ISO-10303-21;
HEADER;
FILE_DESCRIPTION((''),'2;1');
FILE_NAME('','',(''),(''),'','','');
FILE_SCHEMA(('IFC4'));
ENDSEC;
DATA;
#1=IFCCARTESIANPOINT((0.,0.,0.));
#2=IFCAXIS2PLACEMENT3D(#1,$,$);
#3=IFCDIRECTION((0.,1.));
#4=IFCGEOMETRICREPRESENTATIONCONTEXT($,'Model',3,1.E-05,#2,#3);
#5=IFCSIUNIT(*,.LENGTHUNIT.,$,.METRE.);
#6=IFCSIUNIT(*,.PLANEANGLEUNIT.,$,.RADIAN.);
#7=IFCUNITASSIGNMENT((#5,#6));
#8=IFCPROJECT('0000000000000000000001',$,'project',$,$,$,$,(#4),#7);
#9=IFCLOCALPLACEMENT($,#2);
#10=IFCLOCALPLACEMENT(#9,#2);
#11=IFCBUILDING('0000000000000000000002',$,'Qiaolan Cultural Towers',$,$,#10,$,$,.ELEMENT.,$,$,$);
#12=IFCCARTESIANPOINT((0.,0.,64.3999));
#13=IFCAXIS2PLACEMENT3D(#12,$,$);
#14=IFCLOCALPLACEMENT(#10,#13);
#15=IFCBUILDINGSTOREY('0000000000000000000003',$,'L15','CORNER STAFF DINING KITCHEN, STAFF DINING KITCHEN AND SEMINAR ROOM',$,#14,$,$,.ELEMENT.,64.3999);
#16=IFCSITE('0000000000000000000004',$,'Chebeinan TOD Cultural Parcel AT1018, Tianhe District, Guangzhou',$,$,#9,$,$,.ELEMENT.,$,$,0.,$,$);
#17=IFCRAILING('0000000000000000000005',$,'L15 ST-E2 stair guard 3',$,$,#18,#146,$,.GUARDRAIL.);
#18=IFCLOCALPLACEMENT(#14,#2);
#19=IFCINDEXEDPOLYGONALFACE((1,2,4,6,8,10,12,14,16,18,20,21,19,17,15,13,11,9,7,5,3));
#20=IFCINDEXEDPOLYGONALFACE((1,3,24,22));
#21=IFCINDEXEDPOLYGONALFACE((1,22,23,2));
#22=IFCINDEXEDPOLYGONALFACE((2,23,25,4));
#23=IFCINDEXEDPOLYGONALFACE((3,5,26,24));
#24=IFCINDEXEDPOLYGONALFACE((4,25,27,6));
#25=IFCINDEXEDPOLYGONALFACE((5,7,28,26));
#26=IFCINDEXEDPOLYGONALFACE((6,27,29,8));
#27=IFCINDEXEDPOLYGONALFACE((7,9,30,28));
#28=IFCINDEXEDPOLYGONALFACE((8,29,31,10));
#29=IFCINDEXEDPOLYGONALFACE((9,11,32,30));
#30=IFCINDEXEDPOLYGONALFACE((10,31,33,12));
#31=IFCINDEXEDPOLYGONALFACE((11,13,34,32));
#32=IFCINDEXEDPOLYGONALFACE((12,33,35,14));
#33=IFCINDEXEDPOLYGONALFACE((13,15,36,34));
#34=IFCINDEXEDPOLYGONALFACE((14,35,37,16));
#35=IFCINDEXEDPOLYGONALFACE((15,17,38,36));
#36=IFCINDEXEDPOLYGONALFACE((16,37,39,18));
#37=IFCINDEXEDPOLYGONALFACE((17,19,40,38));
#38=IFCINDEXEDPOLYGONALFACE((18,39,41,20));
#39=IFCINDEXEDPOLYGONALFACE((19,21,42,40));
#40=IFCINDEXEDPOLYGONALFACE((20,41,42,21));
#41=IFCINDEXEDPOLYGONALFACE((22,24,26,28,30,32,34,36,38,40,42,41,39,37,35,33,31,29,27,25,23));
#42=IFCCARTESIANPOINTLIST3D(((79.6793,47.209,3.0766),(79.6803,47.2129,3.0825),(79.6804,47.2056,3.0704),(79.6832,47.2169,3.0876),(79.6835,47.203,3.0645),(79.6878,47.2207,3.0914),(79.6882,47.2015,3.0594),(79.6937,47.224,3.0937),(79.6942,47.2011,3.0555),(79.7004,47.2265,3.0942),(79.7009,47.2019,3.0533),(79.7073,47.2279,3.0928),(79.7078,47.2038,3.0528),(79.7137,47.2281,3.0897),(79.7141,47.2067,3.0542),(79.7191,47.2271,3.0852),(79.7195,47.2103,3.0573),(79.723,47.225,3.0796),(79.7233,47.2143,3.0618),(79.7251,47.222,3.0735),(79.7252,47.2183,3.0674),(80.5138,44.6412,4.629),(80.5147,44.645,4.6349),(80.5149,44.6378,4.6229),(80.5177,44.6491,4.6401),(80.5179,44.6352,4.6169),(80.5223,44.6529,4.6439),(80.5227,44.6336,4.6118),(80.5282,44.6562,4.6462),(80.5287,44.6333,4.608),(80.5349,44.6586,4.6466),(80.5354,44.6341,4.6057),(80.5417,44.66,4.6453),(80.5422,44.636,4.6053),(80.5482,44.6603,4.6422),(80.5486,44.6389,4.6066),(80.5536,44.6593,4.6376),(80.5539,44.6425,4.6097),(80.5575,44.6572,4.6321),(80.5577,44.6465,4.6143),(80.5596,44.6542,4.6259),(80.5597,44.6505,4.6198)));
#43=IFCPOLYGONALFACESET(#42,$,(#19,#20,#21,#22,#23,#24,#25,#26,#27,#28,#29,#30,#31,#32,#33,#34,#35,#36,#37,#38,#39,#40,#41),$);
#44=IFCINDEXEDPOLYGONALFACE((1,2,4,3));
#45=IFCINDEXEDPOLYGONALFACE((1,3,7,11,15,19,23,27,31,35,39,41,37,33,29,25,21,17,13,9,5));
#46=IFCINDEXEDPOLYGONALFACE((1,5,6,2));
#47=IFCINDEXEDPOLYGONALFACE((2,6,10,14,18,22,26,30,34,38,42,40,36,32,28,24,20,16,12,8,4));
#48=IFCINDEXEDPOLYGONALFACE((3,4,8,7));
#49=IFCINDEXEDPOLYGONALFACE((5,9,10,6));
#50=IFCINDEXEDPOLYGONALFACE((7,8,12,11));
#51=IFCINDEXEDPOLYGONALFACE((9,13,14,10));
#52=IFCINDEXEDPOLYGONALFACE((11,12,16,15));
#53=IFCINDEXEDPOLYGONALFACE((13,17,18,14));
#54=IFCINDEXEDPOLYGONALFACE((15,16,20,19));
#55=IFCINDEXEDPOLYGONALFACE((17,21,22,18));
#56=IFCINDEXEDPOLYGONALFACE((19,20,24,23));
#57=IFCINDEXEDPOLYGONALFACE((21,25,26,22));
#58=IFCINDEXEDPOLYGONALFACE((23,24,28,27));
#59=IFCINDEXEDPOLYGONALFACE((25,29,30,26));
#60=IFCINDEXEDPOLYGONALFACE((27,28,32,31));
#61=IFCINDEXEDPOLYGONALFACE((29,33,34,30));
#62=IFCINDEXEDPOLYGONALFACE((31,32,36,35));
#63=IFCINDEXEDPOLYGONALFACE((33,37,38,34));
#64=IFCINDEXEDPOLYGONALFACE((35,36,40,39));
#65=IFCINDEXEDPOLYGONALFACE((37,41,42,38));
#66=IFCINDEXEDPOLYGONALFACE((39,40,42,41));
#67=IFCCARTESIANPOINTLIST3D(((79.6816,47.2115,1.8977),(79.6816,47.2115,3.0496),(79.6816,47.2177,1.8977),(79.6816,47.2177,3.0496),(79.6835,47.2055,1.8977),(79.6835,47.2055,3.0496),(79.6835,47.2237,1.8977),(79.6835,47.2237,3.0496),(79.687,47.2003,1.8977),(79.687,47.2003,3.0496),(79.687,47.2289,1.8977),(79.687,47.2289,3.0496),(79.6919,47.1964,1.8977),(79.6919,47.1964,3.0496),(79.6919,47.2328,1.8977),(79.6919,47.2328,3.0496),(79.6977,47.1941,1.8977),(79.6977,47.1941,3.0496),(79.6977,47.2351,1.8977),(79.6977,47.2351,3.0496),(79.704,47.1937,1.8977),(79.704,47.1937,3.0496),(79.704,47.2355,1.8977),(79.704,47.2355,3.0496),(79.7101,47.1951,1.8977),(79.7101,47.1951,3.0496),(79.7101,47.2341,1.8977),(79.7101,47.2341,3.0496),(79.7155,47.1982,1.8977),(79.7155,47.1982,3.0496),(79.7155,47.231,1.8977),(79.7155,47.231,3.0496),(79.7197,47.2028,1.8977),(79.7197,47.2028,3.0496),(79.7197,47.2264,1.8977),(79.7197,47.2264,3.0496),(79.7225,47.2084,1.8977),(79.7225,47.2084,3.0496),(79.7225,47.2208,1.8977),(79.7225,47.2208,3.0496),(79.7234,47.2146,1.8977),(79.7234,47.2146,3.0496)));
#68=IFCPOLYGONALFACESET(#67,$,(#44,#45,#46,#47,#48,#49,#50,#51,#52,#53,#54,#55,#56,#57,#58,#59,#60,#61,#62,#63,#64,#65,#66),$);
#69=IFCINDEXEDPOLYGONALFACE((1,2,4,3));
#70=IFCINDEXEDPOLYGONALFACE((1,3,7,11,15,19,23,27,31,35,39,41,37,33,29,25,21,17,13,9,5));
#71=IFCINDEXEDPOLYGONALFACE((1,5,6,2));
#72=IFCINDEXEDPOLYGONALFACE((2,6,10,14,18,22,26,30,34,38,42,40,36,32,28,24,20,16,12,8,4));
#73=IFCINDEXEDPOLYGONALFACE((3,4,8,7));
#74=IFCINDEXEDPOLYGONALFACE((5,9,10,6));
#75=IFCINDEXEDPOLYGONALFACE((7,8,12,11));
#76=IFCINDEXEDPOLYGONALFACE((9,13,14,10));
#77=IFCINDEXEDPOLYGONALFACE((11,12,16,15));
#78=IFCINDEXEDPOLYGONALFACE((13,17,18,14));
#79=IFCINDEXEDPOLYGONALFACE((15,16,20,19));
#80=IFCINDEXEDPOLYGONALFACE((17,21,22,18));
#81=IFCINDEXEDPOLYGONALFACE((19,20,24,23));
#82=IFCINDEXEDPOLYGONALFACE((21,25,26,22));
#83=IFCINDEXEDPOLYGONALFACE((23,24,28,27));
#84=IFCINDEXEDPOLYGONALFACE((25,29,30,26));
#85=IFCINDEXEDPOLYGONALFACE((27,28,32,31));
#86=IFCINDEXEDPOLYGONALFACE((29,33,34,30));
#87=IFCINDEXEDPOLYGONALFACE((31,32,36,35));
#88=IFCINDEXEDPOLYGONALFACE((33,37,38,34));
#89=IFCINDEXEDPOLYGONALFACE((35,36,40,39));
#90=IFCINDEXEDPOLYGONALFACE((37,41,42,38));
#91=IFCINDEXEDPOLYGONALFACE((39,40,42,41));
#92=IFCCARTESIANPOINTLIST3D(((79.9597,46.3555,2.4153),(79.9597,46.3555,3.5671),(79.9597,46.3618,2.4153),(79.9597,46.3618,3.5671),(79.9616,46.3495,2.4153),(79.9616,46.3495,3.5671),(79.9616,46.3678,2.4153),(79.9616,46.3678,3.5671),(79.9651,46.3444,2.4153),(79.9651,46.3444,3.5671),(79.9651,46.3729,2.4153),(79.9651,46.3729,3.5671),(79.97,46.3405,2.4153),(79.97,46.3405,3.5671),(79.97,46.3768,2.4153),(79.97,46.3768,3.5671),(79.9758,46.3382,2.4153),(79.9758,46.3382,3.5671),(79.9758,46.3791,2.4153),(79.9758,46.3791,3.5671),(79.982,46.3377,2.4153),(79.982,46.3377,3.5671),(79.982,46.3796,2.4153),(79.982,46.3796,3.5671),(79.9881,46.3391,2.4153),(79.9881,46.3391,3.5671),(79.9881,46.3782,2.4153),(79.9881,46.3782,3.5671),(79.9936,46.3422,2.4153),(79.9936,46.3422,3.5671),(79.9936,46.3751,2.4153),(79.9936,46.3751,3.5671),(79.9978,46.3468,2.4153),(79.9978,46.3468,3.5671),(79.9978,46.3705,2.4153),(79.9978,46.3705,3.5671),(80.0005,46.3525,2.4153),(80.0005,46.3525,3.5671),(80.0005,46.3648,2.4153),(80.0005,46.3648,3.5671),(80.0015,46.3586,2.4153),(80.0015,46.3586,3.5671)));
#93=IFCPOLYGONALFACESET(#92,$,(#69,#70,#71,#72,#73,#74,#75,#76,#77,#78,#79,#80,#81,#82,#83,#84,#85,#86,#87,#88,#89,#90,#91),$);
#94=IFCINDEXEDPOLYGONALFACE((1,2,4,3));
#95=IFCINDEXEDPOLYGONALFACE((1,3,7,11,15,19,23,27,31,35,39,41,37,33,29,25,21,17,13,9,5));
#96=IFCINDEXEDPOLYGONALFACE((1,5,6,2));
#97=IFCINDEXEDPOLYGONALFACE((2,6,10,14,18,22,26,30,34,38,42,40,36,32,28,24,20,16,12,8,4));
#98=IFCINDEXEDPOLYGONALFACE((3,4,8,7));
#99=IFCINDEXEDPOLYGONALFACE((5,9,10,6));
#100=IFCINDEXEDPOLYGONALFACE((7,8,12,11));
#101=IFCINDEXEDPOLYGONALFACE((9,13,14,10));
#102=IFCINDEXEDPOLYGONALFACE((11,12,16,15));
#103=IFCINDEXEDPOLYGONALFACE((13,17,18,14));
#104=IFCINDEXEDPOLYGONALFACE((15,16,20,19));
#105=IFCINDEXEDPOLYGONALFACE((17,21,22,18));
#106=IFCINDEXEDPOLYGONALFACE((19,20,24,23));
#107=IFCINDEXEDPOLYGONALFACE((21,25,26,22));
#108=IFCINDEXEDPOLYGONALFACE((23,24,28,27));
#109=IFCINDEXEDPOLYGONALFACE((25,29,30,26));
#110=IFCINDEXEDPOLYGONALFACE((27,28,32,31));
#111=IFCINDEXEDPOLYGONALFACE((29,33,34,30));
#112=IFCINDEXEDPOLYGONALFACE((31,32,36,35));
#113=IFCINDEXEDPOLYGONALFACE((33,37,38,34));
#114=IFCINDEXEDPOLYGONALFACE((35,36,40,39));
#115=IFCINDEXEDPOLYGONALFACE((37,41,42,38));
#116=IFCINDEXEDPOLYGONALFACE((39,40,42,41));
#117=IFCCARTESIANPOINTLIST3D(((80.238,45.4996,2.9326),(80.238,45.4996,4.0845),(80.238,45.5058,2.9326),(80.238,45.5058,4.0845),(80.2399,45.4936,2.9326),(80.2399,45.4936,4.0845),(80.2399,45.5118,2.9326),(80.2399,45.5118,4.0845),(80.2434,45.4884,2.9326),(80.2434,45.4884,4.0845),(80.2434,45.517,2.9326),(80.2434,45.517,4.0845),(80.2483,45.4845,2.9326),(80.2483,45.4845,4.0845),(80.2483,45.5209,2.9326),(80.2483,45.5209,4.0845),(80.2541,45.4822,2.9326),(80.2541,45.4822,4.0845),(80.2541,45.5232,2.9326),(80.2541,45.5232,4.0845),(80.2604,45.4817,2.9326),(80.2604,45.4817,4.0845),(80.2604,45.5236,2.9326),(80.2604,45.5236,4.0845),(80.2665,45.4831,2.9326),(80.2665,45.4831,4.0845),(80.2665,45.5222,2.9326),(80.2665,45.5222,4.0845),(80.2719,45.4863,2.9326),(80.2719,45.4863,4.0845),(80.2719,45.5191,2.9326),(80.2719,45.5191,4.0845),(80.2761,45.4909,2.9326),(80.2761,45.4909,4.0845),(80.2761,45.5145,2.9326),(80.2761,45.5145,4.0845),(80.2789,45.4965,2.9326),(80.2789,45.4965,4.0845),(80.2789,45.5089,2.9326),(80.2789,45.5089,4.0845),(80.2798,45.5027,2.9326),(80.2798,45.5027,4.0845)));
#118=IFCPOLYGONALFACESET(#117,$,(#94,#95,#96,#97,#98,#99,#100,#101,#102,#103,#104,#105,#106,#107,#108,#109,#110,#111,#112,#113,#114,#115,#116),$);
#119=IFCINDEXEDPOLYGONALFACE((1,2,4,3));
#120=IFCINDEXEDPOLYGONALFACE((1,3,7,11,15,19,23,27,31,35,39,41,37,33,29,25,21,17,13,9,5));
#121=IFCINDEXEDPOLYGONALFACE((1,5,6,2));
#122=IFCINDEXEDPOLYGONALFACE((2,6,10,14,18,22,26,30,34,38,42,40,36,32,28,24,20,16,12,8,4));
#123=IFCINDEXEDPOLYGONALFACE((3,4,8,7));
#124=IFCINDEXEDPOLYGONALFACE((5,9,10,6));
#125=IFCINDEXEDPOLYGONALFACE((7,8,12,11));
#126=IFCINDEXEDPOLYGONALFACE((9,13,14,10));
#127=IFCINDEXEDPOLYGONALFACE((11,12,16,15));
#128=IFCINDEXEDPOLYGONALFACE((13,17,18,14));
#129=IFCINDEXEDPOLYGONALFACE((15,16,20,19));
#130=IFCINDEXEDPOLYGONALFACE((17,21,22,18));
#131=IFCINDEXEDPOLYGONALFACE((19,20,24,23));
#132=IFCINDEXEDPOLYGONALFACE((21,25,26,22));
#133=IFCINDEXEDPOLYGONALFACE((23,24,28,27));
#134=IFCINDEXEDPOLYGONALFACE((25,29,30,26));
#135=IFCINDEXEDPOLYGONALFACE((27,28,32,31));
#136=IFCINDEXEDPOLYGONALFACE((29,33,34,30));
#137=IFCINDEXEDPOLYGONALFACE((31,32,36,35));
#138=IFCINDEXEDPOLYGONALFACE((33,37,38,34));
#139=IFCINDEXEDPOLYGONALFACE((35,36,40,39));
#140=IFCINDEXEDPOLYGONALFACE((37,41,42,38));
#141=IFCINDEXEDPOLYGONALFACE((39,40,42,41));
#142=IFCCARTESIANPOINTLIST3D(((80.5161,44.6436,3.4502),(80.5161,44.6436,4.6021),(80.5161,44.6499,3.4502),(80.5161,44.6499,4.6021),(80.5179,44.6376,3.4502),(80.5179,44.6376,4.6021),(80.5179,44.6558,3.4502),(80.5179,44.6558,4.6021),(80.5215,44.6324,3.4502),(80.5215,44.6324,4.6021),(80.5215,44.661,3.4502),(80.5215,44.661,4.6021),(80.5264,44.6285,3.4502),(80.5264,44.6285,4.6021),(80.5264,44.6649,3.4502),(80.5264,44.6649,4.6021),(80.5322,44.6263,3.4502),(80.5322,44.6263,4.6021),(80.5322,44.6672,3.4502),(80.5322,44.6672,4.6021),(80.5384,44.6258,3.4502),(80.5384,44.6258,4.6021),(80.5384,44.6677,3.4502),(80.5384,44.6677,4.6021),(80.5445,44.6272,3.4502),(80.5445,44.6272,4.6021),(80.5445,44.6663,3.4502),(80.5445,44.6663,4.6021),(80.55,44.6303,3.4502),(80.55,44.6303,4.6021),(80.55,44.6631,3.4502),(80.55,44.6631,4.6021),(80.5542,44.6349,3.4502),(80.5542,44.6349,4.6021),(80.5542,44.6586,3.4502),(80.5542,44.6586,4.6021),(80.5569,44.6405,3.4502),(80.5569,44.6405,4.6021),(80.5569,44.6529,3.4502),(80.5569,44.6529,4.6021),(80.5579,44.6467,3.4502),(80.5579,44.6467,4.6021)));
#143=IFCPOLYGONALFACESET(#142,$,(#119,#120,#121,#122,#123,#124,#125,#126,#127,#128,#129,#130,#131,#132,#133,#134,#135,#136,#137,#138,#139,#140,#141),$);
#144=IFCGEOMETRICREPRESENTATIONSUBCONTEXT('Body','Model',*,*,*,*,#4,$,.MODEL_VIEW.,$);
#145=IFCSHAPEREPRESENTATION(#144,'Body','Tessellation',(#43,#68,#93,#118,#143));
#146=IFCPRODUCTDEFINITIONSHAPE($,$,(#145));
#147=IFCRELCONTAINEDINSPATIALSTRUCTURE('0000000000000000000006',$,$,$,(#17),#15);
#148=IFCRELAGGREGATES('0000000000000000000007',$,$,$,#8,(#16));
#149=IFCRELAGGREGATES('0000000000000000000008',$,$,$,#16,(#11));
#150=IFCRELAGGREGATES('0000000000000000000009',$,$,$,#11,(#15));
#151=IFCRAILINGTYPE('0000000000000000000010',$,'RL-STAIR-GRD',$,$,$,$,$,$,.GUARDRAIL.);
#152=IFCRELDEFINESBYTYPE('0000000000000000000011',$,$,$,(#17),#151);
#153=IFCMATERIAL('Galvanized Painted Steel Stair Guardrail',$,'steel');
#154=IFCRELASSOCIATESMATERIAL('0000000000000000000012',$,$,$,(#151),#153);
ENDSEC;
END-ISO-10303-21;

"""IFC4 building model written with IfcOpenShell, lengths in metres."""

from ifc_helpers import new_model, si_unit, direction, frame, origin, origin_2d, place, context, subcontext, project, spatial, circle, extrude, material, type_object, element, save


model = new_model("IFC4")

# Units and contexts
model_context = context("Model", 3, precision=1e-05, world=origin(), true_north=direction((0.0, 1.0)))
body_context = subcontext(model_context, "Body", "Model", "MODEL_VIEW")
ifc_project = project(units=[si_unit("LENGTHUNIT", "METRE"), si_unit("PLANEANGLEUNIT", "RADIAN")], contexts=[model_context])

# Site, building, storey
site_placement = place(None, origin())
site = spatial("IfcSite", under=ifc_project, at=site_placement, Name="Chebeinan TOD Cultural Parcel AT1018, Tianhe District, Guangzhou", CompositionType="ELEMENT", RefElevation=0.0)
building_placement = place(site_placement, origin())
building = spatial("IfcBuilding", under=site, at=building_placement, Name="Qiaolan Cultural Towers", CompositionType="ELEMENT")
storey_placement = place(building_placement, frame((0.0, 0.0, 64.3999)))
storey = spatial("IfcBuildingStorey", under=building, at=storey_placement, Name="L15", Description="CORNER STAFF DINING KITCHEN, STAFF DINING KITCHEN AND SEMINAR ROOM", CompositionType="ELEMENT", Elevation=64.3999)

# Railing
ifc_material_1 = material(Name="Galvanized Painted Steel Stair Guardrail", Category="steel")
railing_type_1 = type_object("IfcRailingType", Name="RL-STAIR-GRD", PredefinedType="GUARDRAIL", material=ifc_material_1)
railing_1_placement = place(storey_placement, frame((79.7024, 47.2146, 1.8977)))
element("IfcRailing", 1, at=railing_1_placement, inside=storey, type_object=railing_type_1, Name="L15 ST-E2 stair guard 3", PredefinedType="GUARDRAIL", context=body_context, shape_type="SweptSolid", body=[
    extrude(circle(Radius=0.0239, at=origin_2d()), frame((0.0, 0.0, 1.1758), z_axis=(0.267926, -0.824471, 0.498461), x_axis=(0.951043, 0.309057, 0.0)), (0.0, 0.0, 1.0), 3.1145),
    extrude(circle(Radius=0.021, at=origin_2d()), origin(), (0.0, 0.0, 1.0), 1.1519),
    extrude(circle(Radius=0.021, at=origin_2d()), frame((0.2781, -0.856, 0.5176)), (0.0, 0.0, 1.0), 1.1519),
    extrude(circle(Radius=0.021, at=origin_2d()), frame((0.5564, -1.7119, 1.0349)), (0.0, 0.0, 1.0), 1.1519),
    extrude(circle(Radius=0.021, at=origin_2d()), frame((0.8345, -2.5679, 1.5525)), (0.0, 0.0, 1.0), 1.1519),
])

save(model, "model.ifc")
